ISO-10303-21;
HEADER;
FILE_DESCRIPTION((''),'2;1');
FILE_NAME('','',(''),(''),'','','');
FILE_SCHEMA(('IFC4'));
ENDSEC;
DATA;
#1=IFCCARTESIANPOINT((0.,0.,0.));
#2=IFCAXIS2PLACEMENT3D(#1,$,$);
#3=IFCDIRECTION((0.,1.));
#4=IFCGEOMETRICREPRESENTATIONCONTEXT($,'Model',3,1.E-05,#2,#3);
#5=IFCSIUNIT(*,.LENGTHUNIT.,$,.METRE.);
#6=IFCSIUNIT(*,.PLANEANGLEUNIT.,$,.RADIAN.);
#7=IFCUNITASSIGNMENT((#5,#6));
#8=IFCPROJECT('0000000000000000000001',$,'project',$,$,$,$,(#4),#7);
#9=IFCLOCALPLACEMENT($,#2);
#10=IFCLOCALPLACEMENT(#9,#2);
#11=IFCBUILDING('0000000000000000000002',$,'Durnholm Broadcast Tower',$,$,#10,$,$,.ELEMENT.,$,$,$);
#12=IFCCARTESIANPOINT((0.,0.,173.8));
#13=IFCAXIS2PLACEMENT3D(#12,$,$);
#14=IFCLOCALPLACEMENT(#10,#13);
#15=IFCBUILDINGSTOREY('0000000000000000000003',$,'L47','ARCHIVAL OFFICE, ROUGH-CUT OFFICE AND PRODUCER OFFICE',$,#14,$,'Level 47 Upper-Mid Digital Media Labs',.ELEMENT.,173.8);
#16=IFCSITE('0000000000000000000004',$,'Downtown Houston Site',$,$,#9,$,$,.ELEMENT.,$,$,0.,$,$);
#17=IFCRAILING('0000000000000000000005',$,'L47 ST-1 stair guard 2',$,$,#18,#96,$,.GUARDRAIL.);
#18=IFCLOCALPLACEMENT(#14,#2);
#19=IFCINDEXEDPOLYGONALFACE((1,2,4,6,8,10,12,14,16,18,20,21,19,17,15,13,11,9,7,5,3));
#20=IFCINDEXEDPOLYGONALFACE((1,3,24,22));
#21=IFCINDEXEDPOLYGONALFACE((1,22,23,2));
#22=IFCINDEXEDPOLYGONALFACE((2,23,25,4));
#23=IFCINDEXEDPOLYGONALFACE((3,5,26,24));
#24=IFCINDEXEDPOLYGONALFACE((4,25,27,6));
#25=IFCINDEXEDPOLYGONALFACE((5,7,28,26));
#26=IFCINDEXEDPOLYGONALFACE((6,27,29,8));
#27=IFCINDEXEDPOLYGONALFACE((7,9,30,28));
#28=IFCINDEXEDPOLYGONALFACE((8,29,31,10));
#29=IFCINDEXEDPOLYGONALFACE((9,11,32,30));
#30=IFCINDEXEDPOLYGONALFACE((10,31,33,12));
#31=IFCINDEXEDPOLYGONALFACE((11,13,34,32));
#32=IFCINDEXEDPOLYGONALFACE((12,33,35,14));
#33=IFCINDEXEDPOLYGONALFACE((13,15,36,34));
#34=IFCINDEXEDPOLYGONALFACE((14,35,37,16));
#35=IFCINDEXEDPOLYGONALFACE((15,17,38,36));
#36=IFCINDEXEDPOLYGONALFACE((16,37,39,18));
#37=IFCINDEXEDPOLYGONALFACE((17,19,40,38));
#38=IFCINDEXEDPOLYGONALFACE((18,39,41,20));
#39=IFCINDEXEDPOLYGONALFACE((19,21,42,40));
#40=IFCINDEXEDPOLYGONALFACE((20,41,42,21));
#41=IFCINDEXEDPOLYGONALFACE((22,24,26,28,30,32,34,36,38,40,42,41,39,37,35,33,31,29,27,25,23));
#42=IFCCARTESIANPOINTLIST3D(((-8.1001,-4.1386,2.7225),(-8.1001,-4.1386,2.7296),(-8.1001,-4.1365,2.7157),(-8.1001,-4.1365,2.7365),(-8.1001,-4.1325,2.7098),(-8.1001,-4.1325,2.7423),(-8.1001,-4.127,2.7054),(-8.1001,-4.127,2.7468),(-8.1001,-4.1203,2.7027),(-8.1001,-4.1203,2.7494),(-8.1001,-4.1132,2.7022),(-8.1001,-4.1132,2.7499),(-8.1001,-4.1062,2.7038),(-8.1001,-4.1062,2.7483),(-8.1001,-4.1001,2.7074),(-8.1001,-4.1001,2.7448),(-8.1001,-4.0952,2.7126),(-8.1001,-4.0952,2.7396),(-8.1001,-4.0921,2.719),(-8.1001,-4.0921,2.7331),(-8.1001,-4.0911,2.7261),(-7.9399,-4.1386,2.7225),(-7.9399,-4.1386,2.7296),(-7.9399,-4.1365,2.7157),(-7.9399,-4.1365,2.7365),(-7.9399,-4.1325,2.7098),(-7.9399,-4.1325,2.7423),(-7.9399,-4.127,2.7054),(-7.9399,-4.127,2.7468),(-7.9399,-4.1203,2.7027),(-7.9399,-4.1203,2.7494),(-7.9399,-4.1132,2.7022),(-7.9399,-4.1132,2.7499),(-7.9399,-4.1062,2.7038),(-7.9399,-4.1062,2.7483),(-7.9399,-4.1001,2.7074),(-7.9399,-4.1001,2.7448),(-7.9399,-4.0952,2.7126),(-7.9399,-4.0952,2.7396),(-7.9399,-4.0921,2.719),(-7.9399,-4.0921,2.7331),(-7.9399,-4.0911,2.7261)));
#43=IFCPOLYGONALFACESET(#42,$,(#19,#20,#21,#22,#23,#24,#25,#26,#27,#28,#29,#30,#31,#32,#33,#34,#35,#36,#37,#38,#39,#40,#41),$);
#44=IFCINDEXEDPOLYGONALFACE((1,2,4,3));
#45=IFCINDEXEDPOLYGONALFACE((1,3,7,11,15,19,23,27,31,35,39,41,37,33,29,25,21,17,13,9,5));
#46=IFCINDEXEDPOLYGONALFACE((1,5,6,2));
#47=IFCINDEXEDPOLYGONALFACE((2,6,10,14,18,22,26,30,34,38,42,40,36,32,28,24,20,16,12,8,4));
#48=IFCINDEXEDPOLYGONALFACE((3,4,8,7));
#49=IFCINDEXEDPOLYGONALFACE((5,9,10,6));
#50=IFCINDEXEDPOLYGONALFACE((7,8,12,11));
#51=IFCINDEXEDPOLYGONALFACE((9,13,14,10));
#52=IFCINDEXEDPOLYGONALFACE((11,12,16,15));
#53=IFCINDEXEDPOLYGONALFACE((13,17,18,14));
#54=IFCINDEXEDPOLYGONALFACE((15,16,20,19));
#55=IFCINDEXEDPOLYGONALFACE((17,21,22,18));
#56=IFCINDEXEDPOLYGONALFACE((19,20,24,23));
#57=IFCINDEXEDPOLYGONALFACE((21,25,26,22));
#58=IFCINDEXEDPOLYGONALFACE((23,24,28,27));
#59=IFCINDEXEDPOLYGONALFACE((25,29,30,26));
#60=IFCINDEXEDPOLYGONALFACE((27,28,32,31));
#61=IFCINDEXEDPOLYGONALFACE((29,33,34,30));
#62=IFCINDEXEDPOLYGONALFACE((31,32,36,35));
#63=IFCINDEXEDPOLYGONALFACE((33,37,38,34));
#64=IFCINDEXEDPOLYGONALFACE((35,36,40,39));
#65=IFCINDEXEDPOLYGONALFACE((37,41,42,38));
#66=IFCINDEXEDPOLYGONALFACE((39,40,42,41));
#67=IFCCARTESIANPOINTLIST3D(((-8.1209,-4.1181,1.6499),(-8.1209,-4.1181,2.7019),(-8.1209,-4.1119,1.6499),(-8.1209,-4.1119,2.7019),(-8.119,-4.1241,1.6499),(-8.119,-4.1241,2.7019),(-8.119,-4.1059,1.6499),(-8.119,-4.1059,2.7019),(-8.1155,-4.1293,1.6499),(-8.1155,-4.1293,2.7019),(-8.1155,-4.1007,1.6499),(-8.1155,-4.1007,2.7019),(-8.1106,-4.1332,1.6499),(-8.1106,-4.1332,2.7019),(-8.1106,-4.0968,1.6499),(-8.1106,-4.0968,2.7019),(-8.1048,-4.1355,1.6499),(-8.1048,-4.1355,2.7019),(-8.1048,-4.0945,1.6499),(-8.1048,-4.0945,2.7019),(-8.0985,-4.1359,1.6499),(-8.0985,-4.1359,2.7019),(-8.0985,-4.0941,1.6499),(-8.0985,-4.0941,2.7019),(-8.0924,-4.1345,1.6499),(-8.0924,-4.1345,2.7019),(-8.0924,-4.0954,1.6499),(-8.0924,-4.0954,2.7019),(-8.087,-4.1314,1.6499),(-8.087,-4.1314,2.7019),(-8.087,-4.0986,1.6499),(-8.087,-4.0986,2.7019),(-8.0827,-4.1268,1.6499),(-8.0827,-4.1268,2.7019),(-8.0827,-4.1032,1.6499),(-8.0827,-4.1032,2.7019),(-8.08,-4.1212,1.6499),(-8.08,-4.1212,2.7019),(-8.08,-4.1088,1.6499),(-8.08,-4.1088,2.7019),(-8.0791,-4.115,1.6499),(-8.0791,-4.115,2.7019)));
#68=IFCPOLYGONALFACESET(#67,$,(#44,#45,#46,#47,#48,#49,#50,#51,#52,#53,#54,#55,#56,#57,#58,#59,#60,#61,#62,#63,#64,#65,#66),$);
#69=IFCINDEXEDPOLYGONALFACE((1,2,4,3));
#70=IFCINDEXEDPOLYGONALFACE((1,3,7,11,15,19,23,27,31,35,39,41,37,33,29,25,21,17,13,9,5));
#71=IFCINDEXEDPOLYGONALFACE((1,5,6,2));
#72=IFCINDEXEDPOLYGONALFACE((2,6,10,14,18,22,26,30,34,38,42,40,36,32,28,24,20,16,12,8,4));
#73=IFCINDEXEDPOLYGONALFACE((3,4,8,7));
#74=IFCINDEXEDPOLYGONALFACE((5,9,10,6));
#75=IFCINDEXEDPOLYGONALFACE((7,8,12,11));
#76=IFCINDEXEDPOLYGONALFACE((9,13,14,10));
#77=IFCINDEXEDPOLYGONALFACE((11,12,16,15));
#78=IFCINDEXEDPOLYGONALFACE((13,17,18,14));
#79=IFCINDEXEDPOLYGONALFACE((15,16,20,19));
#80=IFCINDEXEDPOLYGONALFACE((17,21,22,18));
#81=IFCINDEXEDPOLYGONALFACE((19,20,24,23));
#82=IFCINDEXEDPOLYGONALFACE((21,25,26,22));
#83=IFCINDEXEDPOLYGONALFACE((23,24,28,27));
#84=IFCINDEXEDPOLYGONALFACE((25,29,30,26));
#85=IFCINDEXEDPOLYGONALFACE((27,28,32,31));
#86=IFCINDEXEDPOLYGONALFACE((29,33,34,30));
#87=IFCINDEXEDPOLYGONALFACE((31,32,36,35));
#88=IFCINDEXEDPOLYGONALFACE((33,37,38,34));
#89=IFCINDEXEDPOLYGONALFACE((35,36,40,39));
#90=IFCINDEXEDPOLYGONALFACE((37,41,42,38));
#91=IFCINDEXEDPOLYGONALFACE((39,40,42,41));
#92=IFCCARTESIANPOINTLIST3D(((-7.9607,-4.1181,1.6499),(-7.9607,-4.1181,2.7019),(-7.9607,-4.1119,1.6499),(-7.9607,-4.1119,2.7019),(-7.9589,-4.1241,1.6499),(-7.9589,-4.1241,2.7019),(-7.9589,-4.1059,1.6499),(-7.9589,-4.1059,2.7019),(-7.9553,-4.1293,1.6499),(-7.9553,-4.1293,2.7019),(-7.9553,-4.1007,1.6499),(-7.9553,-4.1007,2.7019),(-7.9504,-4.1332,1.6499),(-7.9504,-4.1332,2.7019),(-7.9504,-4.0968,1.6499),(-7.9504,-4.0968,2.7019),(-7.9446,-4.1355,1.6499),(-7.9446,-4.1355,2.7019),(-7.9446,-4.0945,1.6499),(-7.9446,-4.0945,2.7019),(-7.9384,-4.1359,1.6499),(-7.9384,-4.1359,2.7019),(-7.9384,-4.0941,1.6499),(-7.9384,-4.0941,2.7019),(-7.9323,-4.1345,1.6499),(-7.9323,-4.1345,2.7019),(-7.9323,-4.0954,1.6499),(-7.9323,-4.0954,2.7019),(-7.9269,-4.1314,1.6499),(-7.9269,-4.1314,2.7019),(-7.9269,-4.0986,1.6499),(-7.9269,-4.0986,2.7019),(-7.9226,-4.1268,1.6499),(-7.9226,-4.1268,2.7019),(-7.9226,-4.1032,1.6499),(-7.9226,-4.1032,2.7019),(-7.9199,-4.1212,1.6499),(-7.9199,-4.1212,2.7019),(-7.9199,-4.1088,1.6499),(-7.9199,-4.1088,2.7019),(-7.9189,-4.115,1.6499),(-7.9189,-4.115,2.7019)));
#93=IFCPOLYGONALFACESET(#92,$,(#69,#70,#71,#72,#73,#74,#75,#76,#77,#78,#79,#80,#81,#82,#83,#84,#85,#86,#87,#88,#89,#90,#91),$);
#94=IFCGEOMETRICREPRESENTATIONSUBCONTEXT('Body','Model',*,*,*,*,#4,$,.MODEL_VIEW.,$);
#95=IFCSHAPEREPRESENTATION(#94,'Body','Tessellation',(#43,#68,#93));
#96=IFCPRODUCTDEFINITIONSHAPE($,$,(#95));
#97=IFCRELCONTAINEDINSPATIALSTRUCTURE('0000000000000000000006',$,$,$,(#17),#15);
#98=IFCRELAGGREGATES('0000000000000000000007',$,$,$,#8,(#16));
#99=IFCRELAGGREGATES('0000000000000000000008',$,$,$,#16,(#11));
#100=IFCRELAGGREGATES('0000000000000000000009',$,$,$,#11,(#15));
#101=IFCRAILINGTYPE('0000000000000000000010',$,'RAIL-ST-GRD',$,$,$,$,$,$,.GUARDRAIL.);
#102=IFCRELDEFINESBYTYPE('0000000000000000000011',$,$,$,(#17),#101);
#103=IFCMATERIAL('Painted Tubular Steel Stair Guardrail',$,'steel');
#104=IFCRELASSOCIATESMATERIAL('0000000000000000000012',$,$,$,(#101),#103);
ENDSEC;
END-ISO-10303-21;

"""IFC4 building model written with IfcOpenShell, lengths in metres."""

from ifc_helpers import new_model, si_unit, direction, frame, origin, origin_2d, place, context, subcontext, project, spatial, circle, extrude, material, type_object, element, save


model = new_model("IFC4")

# Units and contexts
model_context = context("Model", 3, precision=1e-05, world=origin(), true_north=direction((0.0, 1.0)))
body_context = subcontext(model_context, "Body", "Model", "MODEL_VIEW")
ifc_project = project(units=[si_unit("LENGTHUNIT", "METRE"), si_unit("PLANEANGLEUNIT", "RADIAN")], contexts=[model_context])

# Site, building, storey
site_placement = place(None, origin())
site = spatial("IfcSite", under=ifc_project, at=site_placement, Name="Downtown Houston Site", CompositionType="ELEMENT", RefElevation=0.0)
building_placement = place(site_placement, origin())
building = spatial("IfcBuilding", under=site, at=building_placement, Name="Durnholm Broadcast Tower", CompositionType="ELEMENT")
storey_placement = place(building_placement, frame((0.0, 0.0, 173.8)))
storey = spatial("IfcBuildingStorey", under=building, at=storey_placement, Name="L47", Description="ARCHIVAL OFFICE, ROUGH-CUT OFFICE AND PRODUCER OFFICE", LongName="Level 47 Upper-Mid Digital Media Labs", CompositionType="ELEMENT", Elevation=173.8)

# Railing
ifc_material_1 = material(Name="Painted Tubular Steel Stair Guardrail", Category="steel")
railing_type_1 = type_object("IfcRailingType", Name="RAIL-ST-GRD", PredefinedType="GUARDRAIL", material=ifc_material_1)
railing_1_placement = place(storey_placement, frame((-8.1001, -4.115, 1.6499)))
element("IfcRailing", 1, at=railing_1_placement, inside=storey, type_object=railing_type_1, Name="L47 ST-1 stair guard 2", PredefinedType="GUARDRAIL", context=body_context, shape_type="SweptSolid", body=[
    extrude(circle(Radius=0.0239, at=origin_2d()), frame((0.0, 0.0, 1.0762), z_axis=(1.0, 0.0, 0.0), x_axis=(0.0, 1.0, 0.0)), (0.0, 0.0, 1.0), 0.1602),
    extrude(circle(Radius=0.021, at=origin_2d()), origin(), (0.0, 0.0, 1.0), 1.052),
    extrude(circle(Radius=0.021, at=origin_2d()), frame((0.1602, 0.0, 0.0)), (0.0, 0.0, 1.0), 1.052),
])

save(model, "model.ifc")
